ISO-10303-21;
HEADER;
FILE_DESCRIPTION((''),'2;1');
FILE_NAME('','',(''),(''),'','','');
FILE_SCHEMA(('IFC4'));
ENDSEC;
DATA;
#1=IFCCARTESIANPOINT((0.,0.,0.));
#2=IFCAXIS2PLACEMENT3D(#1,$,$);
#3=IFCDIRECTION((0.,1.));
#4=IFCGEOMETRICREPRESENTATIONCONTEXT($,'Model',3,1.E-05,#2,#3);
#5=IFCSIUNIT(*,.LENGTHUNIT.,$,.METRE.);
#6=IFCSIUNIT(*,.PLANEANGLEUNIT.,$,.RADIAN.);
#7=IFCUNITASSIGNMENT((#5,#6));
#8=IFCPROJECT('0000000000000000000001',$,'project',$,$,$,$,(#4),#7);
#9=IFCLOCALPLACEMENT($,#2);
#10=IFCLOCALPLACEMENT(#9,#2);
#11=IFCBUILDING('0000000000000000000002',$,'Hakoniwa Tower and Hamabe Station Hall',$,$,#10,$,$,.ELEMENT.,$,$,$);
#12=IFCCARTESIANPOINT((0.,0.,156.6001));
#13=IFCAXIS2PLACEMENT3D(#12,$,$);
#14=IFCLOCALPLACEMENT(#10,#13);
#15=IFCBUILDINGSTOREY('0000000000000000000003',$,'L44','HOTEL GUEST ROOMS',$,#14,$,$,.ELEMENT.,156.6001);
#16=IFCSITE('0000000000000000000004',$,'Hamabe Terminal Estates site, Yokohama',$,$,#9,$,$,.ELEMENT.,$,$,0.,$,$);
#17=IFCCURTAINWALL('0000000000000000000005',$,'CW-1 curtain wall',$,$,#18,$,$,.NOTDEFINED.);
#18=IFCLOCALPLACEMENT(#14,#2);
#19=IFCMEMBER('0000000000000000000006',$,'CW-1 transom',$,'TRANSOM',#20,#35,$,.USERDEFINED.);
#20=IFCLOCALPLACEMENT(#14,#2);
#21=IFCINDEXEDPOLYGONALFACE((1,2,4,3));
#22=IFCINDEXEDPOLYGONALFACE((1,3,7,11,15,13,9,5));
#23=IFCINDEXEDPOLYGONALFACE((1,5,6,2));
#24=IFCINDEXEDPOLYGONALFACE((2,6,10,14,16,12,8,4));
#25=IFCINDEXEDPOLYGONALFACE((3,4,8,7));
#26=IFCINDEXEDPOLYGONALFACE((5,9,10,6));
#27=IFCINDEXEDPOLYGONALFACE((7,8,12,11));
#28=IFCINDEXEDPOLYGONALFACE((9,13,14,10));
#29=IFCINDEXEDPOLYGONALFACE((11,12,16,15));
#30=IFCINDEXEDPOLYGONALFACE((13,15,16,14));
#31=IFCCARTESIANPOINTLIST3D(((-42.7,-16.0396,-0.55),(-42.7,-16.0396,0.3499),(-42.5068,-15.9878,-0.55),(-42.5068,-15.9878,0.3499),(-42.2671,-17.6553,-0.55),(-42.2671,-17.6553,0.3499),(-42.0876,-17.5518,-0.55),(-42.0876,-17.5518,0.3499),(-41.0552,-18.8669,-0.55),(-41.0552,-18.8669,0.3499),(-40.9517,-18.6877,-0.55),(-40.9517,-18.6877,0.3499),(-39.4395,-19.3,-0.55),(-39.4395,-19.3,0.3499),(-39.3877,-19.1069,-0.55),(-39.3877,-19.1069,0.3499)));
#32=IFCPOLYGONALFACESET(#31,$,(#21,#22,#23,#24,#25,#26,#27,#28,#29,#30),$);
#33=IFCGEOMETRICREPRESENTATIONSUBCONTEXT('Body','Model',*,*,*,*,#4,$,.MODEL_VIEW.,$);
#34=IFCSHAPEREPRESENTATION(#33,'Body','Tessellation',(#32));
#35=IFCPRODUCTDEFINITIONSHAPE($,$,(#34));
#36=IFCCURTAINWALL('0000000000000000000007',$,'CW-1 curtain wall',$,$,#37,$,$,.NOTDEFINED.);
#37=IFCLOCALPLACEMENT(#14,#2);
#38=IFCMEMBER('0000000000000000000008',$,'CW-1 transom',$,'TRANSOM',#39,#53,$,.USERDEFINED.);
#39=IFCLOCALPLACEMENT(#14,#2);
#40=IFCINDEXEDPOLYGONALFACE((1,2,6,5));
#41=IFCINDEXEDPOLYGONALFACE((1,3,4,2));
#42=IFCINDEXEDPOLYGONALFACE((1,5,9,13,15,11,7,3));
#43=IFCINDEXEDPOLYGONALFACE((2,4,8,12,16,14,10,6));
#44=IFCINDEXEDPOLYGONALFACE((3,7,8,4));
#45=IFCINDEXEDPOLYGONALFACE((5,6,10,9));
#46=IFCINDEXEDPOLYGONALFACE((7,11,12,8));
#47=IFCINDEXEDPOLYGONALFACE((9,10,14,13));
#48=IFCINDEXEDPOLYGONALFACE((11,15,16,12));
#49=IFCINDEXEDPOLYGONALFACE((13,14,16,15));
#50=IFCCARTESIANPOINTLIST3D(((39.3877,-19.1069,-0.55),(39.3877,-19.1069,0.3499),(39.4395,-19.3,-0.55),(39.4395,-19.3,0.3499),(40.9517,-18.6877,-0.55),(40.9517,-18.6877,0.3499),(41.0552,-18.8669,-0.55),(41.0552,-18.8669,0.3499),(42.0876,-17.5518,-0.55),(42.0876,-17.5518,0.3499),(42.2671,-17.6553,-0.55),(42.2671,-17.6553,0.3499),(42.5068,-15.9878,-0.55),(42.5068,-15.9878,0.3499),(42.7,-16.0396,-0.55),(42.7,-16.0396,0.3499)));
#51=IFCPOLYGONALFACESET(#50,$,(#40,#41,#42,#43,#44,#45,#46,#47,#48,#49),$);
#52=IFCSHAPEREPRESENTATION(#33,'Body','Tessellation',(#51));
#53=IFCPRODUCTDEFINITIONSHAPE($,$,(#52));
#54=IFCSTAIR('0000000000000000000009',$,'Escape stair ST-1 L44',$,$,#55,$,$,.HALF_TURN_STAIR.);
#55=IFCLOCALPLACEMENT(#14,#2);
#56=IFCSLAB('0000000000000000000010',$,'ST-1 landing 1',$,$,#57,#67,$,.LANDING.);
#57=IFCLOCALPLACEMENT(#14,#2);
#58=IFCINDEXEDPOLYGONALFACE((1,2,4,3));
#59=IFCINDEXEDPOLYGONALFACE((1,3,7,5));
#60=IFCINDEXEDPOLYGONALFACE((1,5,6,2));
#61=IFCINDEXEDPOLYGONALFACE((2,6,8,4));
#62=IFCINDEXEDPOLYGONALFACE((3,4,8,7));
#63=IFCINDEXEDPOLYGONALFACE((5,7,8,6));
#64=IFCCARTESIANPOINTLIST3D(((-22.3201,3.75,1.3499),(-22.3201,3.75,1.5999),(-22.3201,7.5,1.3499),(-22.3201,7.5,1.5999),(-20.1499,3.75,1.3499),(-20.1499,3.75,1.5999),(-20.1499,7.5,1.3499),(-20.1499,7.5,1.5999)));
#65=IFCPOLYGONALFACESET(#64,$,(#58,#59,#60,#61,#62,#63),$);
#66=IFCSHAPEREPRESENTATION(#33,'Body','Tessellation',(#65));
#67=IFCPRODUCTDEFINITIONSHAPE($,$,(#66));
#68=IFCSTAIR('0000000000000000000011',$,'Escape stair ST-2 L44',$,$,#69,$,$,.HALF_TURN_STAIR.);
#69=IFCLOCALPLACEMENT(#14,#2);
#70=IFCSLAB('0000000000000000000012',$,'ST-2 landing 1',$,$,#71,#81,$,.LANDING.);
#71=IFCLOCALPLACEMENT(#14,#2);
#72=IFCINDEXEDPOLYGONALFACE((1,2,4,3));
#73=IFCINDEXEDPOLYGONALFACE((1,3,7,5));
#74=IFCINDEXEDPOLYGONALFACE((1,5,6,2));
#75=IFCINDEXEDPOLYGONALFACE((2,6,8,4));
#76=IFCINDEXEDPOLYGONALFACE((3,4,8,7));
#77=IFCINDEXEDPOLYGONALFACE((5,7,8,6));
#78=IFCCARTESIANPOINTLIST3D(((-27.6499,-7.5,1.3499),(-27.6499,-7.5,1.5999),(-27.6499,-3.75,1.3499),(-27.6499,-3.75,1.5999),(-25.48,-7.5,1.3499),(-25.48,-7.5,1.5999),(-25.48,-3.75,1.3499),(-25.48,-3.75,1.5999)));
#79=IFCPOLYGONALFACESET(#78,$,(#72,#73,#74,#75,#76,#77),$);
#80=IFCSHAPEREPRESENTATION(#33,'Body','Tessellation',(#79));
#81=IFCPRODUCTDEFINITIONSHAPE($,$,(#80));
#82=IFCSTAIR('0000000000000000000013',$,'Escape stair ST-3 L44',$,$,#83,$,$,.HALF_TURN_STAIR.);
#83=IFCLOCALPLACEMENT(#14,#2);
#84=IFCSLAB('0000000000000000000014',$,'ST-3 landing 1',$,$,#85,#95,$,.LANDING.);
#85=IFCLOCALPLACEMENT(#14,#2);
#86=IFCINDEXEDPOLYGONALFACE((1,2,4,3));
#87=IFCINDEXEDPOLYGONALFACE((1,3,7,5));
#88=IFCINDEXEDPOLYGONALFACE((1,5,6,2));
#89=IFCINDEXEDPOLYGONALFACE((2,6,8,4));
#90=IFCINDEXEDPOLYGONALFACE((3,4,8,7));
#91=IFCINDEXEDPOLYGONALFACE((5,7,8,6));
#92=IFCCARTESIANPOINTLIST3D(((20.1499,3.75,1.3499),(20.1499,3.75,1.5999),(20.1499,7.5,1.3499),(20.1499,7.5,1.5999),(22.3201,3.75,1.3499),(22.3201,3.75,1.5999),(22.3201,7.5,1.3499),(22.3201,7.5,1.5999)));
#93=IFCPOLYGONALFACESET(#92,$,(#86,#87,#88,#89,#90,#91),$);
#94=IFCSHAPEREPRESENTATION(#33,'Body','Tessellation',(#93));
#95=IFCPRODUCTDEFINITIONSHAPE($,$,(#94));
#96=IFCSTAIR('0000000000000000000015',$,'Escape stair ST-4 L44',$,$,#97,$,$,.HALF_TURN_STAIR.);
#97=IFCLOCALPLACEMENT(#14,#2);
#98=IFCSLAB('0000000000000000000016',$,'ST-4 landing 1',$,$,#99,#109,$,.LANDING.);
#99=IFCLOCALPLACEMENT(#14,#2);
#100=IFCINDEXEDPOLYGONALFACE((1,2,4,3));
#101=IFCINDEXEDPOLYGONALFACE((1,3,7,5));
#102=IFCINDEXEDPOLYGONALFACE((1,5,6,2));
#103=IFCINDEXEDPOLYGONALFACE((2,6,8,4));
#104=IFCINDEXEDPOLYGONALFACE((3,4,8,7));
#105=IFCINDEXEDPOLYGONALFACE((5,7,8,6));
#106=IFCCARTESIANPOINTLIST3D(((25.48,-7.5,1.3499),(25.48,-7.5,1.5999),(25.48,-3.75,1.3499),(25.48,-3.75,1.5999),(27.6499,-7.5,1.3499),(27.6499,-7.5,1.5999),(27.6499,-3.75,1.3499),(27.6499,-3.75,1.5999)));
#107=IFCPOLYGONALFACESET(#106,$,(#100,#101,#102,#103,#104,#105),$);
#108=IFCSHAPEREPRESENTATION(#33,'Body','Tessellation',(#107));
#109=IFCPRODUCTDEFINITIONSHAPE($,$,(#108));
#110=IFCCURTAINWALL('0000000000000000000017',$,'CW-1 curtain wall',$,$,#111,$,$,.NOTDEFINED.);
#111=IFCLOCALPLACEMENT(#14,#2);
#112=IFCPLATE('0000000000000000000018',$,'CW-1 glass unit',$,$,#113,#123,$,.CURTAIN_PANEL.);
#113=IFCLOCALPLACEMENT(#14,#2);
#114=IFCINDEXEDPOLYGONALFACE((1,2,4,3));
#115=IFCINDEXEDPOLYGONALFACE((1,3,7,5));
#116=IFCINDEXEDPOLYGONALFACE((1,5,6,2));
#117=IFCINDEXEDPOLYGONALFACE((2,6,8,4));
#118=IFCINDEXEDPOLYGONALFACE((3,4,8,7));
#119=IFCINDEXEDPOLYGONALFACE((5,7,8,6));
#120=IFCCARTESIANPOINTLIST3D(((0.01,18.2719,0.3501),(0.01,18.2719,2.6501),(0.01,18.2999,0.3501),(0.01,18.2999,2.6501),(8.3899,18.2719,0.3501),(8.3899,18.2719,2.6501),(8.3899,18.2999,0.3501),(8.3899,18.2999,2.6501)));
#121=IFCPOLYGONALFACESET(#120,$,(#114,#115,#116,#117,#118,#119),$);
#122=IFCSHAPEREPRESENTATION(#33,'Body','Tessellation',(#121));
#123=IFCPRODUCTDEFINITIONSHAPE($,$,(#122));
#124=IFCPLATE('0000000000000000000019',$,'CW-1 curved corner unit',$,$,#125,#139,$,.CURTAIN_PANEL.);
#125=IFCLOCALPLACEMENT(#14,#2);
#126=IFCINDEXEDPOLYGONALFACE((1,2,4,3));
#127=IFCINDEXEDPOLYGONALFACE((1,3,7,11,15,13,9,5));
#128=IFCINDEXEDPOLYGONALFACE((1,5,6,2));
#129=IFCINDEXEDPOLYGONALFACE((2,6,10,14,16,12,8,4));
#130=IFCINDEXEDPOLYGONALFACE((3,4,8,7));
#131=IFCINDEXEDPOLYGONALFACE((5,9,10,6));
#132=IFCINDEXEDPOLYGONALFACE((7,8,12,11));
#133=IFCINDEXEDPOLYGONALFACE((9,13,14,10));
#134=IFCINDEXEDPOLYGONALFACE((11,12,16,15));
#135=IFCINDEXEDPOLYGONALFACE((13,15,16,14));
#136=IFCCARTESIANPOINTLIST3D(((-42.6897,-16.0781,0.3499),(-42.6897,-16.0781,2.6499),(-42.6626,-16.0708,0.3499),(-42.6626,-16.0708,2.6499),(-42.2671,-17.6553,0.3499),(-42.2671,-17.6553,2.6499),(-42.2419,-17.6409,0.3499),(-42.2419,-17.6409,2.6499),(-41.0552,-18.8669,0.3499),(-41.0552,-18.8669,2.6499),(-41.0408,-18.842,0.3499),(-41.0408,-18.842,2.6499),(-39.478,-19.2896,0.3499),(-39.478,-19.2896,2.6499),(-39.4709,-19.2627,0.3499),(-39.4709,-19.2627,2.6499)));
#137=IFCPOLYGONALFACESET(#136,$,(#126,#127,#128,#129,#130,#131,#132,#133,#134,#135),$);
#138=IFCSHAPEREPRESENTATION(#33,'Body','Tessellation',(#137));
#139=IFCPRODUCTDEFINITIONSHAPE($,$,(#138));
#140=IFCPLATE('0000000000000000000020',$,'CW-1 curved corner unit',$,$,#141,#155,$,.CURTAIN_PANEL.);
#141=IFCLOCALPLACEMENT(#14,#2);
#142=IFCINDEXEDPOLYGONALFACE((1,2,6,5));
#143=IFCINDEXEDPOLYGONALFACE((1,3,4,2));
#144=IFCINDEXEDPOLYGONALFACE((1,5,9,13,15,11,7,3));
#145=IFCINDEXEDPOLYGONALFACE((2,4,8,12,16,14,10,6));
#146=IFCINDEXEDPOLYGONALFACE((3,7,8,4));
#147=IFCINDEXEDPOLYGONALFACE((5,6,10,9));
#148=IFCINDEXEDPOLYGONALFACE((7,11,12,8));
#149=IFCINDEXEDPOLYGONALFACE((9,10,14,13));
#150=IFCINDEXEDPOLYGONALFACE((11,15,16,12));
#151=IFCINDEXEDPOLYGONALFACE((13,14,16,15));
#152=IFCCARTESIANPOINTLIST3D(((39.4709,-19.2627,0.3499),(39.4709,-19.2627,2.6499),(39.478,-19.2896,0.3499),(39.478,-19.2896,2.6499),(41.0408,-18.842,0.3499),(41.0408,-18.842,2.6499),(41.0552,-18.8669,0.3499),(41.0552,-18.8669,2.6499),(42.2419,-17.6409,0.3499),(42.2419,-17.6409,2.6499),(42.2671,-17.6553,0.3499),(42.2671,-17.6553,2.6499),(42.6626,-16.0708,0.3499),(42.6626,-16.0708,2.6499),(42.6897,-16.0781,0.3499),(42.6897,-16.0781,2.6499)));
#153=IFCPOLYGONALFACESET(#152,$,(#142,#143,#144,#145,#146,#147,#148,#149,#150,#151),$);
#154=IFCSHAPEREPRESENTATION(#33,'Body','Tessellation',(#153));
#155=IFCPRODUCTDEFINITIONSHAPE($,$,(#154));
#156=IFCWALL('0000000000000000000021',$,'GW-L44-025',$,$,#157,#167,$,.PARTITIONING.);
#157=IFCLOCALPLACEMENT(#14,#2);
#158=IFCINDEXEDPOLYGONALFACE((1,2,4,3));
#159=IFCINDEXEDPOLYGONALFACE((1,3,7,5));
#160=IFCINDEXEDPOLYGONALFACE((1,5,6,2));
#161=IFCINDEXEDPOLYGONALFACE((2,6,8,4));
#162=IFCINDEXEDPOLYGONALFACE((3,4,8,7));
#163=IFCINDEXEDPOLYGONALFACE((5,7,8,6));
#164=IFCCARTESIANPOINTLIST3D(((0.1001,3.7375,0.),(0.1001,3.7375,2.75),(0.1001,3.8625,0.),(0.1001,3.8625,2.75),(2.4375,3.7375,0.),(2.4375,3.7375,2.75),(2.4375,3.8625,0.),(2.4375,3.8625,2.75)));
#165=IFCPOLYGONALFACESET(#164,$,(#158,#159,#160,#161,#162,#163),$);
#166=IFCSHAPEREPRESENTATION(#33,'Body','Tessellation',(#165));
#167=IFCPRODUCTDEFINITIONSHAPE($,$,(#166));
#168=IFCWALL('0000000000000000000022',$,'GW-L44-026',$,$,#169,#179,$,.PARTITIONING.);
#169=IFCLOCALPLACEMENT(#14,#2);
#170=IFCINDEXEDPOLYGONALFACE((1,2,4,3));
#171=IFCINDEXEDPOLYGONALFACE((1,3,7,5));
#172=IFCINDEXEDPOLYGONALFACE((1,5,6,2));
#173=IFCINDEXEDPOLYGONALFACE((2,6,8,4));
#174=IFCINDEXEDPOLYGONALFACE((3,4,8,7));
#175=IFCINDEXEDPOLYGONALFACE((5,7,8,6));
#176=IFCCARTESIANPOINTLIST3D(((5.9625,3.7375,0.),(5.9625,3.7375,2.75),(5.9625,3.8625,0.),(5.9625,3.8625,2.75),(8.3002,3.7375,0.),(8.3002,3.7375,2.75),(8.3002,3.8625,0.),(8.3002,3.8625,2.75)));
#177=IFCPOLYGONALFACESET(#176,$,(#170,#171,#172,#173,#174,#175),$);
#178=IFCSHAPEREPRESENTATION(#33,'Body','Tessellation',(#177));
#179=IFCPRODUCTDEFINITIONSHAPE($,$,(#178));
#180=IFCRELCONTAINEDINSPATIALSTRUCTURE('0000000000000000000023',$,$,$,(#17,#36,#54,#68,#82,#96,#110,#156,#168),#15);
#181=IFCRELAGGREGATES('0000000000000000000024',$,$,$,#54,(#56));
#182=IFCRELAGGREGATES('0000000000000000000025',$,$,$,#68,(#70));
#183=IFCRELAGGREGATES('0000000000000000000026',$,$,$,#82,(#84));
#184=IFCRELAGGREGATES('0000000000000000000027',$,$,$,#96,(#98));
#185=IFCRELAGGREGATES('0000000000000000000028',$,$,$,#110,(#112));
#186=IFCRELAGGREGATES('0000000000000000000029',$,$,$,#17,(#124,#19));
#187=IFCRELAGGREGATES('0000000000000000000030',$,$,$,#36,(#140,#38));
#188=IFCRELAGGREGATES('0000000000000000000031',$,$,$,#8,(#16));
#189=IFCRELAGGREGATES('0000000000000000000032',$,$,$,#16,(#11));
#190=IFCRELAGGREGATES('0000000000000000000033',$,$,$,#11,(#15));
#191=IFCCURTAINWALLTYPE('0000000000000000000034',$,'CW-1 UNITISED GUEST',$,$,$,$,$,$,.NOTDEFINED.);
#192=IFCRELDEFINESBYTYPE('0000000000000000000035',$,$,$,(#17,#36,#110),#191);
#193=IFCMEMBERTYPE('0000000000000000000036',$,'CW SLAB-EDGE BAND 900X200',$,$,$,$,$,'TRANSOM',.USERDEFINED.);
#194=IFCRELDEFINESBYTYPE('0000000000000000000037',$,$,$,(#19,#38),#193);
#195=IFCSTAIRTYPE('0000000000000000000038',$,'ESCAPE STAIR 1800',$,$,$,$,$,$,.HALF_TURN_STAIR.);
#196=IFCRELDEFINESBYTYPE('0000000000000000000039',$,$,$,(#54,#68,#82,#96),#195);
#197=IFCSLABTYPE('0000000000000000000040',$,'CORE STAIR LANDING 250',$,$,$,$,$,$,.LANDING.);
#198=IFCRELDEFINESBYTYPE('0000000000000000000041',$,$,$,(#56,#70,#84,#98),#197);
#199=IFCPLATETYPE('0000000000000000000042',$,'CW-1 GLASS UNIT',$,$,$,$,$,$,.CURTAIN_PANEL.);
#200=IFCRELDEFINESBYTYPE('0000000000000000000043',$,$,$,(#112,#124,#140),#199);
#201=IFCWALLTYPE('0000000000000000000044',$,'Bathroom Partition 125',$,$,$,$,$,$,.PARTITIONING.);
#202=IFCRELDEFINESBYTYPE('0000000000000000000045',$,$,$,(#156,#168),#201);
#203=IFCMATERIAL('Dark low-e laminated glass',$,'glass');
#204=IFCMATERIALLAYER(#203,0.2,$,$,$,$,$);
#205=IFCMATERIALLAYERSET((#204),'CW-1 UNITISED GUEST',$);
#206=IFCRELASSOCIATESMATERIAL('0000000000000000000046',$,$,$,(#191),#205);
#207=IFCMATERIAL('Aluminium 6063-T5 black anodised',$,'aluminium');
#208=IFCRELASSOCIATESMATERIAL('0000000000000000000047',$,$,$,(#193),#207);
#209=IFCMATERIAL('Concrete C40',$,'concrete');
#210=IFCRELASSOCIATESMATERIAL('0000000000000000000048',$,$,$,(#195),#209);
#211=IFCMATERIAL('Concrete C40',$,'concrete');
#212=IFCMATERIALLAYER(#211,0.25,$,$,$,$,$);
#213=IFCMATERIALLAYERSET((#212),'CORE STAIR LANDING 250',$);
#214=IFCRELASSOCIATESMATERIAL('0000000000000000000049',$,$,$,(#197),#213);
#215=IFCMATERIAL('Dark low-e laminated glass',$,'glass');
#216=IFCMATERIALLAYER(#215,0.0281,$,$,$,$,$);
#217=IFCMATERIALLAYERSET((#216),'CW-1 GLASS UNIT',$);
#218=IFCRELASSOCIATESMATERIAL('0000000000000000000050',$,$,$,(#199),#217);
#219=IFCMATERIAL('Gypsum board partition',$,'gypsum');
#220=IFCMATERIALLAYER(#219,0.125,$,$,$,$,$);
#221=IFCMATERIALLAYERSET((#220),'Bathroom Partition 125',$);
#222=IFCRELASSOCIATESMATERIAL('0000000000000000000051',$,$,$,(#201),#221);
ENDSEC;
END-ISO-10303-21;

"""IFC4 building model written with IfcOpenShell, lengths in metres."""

from ifc_helpers import new_model, si_unit, direction, frame, frame_2d, origin, origin_2d, place, context, subcontext, project, spatial, polyline, rectangle, outline, extrude, material, layer, layer_set, material_profile, profile_set, type_object, element, aggregate, save


model = new_model("IFC4")

# Units and contexts
model_context = context("Model", 3, precision=1e-05, world=origin(), true_north=direction((0.0, 1.0)))
body_context = subcontext(model_context, "Body", "Model", "MODEL_VIEW")
ifc_project = project(units=[si_unit("LENGTHUNIT", "METRE"), si_unit("PLANEANGLEUNIT", "RADIAN")], contexts=[model_context])

# Site, building, storey
site_placement = place(None, origin())
site = spatial("IfcSite", under=ifc_project, at=site_placement, Name="Hamabe Terminal Estates site, Yokohama", CompositionType="ELEMENT", RefElevation=0.0)
building_placement = place(site_placement, origin())
building = spatial("IfcBuilding", under=site, at=building_placement, Name="Hakoniwa Tower and Hamabe Station Hall", CompositionType="ELEMENT")
storey_placement = place(building_placement, frame((0.0, 0.0, 156.6001)))
storey = spatial("IfcBuildingStorey", under=building, at=storey_placement, Name="L44", Description="HOTEL GUEST ROOMS", CompositionType="ELEMENT", Elevation=156.6001)

# Curtain walls, members
ifc_material_1 = material(Name="Dark low-e laminated glass", Category="glass")
ifc_layer_1 = layer(ifc_material_1, 0.2)
ifc_layer_set_1 = layer_set([ifc_layer_1], Name="CW-1 UNITISED GUEST")
curtain_wall_type = type_object("IfcCurtainWallType", Name="CW-1 UNITISED GUEST", PredefinedType="NOTDEFINED", material=ifc_layer_set_1)
curtain_wall_1_placement = place(storey_placement, origin())
curtain_wall_1 = element("IfcCurtainWall", 1, at=curtain_wall_1_placement, inside=storey, type_object=curtain_wall_type, Name="CW-1 curtain wall", PredefinedType="NOTDEFINED")
ifc_material_2 = material(Name="Aluminium 6063-T5 black anodised", Category="aluminium")
ifc_material_profile = material_profile(ifc_material_2, rectangle(XDim=0.2, YDim=0.8999, at=origin_2d()), Name="CW SLAB-EDGE BAND 900X200")
ifc_profile_set = profile_set([ifc_material_profile], Name="Aluminium 6063-T5 black anodised")
member_type = type_object("IfcMemberType", Name="CW SLAB-EDGE BAND 900X200", ElementType="TRANSOM", PredefinedType="USERDEFINED", material=ifc_profile_set)
member_1_placement = place(storey_placement, frame((0.0, 0.0, -0.55)))
member_1 = element("IfcMember", 2, at=member_1_placement, type_object=member_type, Name="CW-1 transom", ObjectType="TRANSOM", PredefinedType="USERDEFINED", context=body_context, shape_type="SweptSolid", body=[
    extrude(outline(polyline([(-42.7, -16.0396), (-42.2671, -17.6553), (-41.0552, -18.8669), (-39.4395, -19.3), (-39.3877, -19.1069), (-40.9517, -18.6877), (-42.0876, -17.5518), (-42.5068, -15.9878), (-42.7, -16.0396)])), origin(), (0.0, 0.0, 1.0), 0.8999),
])
curtain_wall_2_placement = place(storey_placement, origin())
curtain_wall_2 = element("IfcCurtainWall", 3, at=curtain_wall_2_placement, inside=storey, type_object=curtain_wall_type, Name="CW-1 curtain wall", PredefinedType="NOTDEFINED")
member_2_placement = place(storey_placement, frame((0.0, 0.0, -0.55)))
member_2 = element("IfcMember", 4, at=member_2_placement, type_object=member_type, Name="CW-1 transom", ObjectType="TRANSOM", PredefinedType="USERDEFINED", context=body_context, shape_type="SweptSolid", body=[
    extrude(outline(polyline([(39.4395, -19.3), (41.0552, -18.8669), (42.2671, -17.6553), (42.7, -16.0396), (42.5068, -15.9878), (42.0876, -17.5518), (40.9517, -18.6877), (39.3877, -19.1069), (39.4395, -19.3)])), origin(), (0.0, 0.0, 1.0), 0.8999),
])

# Stairs, slabs
ifc_material_3 = material(Name="Concrete C40", Category="concrete")
stair_type = type_object("IfcStairType", Name="ESCAPE STAIR 1800", PredefinedType="HALF_TURN_STAIR", material=ifc_material_3)
stair_1_placement = place(storey_placement, origin())
stair_1 = element("IfcStair", 5, at=stair_1_placement, inside=storey, type_object=stair_type, Name="Escape stair ST-1 L44", PredefinedType="HALF_TURN_STAIR")
ifc_material_4 = material(Name="Concrete C40", Category="concrete")
ifc_layer_2 = layer(ifc_material_4, 0.25)
ifc_layer_set_2 = layer_set([ifc_layer_2], Name="CORE STAIR LANDING 250")
slab_type = type_object("IfcSlabType", Name="CORE STAIR LANDING 250", PredefinedType="LANDING", material=ifc_layer_set_2)
slab_1_placement = place(storey_placement, frame((0.0, 0.0, 1.3499)))
slab_1 = element("IfcSlab", 6, at=slab_1_placement, type_object=slab_type, Name="ST-1 landing 1", PredefinedType="LANDING", context=body_context, shape_type="SweptSolid", body=[
    extrude(outline(polyline([(-22.3201, 3.75), (-20.1499, 3.75), (-20.1499, 7.5), (-22.3201, 7.5), (-22.3201, 3.75)])), origin(), (0.0, 0.0, 1.0), 0.25),
])
aggregate(stair_1, [slab_1])
stair_2_placement = place(storey_placement, origin())
stair_2 = element("IfcStair", 7, at=stair_2_placement, inside=storey, type_object=stair_type, Name="Escape stair ST-2 L44", PredefinedType="HALF_TURN_STAIR")
slab_2_placement = place(storey_placement, frame((0.0, 0.0, 1.3499)))
slab_2 = element("IfcSlab", 8, at=slab_2_placement, type_object=slab_type, Name="ST-2 landing 1", PredefinedType="LANDING", context=body_context, shape_type="SweptSolid", body=[
    extrude(outline(polyline([(-25.48, -7.5), (-27.6499, -7.5), (-27.6499, -3.75), (-25.48, -3.75), (-25.48, -7.5)])), origin(), (0.0, 0.0, 1.0), 0.25),
])
aggregate(stair_2, [slab_2])
stair_3_placement = place(storey_placement, origin())
stair_3 = element("IfcStair", 9, at=stair_3_placement, inside=storey, type_object=stair_type, Name="Escape stair ST-3 L44", PredefinedType="HALF_TURN_STAIR")
slab_3_placement = place(storey_placement, frame((0.0, 0.0, 1.3499)))
slab_3 = element("IfcSlab", 10, at=slab_3_placement, type_object=slab_type, Name="ST-3 landing 1", PredefinedType="LANDING", context=body_context, shape_type="SweptSolid", body=[
    extrude(outline(polyline([(22.3201, 3.75), (20.1499, 3.75), (20.1499, 7.5), (22.3201, 7.5), (22.3201, 3.75)])), origin(), (0.0, 0.0, 1.0), 0.25),
])
aggregate(stair_3, [slab_3])
stair_4_placement = place(storey_placement, origin())
stair_4 = element("IfcStair", 11, at=stair_4_placement, inside=storey, type_object=stair_type, Name="Escape stair ST-4 L44", PredefinedType="HALF_TURN_STAIR")
slab_4_placement = place(storey_placement, frame((0.0, 0.0, 1.3499)))
slab_4 = element("IfcSlab", 12, at=slab_4_placement, type_object=slab_type, Name="ST-4 landing 1", PredefinedType="LANDING", context=body_context, shape_type="SweptSolid", body=[
    extrude(outline(polyline([(25.48, -7.5), (27.6499, -7.5), (27.6499, -3.75), (25.48, -3.75), (25.48, -7.5)])), origin(), (0.0, 0.0, 1.0), 0.25),
])
aggregate(stair_4, [slab_4])

# Curtain wall, plate
curtain_wall_3_placement = place(storey_placement, origin())
curtain_wall_3 = element("IfcCurtainWall", 13, at=curtain_wall_3_placement, inside=storey, type_object=curtain_wall_type, Name="CW-1 curtain wall", PredefinedType="NOTDEFINED")
ifc_material_5 = material(Name="Dark low-e laminated glass", Category="glass")
ifc_layer_3 = layer(ifc_material_5, 0.0281)
ifc_layer_set_3 = layer_set([ifc_layer_3], Name="CW-1 GLASS UNIT")
plate_type = type_object("IfcPlateType", Name="CW-1 GLASS UNIT", PredefinedType="CURTAIN_PANEL", material=ifc_layer_set_3)
plate_1_placement = place(storey_placement, frame((4.2, 18.2859, 0.3501), z_axis=(0.0, 0.0, 1.0), x_axis=(-1.0, 0.0, 0.0)))
plate_1 = element("IfcPlate", 14, at=plate_1_placement, type_object=plate_type, Name="CW-1 glass unit", PredefinedType="CURTAIN_PANEL", context=body_context, shape_type="SweptSolid", body=[
    extrude(rectangle(XDim=8.3799, YDim=0.0281, at=origin_2d()), origin(), (0.0, 0.0, 1.0), 2.3),
])
aggregate(curtain_wall_3, [plate_1])

# Plates
plate_2_placement = place(storey_placement, frame((0.0, 0.0, 0.3499)))
plate_2 = element("IfcPlate", 15, at=plate_2_placement, type_object=plate_type, Name="CW-1 curved corner unit", PredefinedType="CURTAIN_PANEL", context=body_context, shape_type="SweptSolid", body=[
    extrude(outline(polyline([(-42.6897, -16.0781), (-42.2671, -17.6553), (-41.0552, -18.8669), (-39.478, -19.2896), (-39.4709, -19.2627), (-41.0408, -18.842), (-42.2419, -17.6409), (-42.6626, -16.0708), (-42.6897, -16.0781)])), origin(), (0.0, 0.0, 1.0), 2.3),
])
aggregate(curtain_wall_1, [plate_2, member_1])
plate_3_placement = place(storey_placement, frame((0.0, 0.0, 0.3499)))
plate_3 = element("IfcPlate", 16, at=plate_3_placement, type_object=plate_type, Name="CW-1 curved corner unit", PredefinedType="CURTAIN_PANEL", context=body_context, shape_type="SweptSolid", body=[
    extrude(outline(polyline([(39.478, -19.2896), (41.0552, -18.8669), (42.2671, -17.6553), (42.6897, -16.0781), (42.6626, -16.0708), (42.2419, -17.6409), (41.0408, -18.842), (39.4709, -19.2627), (39.478, -19.2896)])), origin(), (0.0, 0.0, 1.0), 2.3),
])
aggregate(curtain_wall_2, [plate_3, member_2])

# Walls
ifc_material_6 = material(Name="Gypsum board partition", Category="gypsum")
ifc_layer_4 = layer(ifc_material_6, 0.125)
ifc_layer_set_4 = layer_set([ifc_layer_4], Name="Bathroom Partition 125")
wall_type_1 = type_object("IfcWallType", Name="Bathroom Partition 125", PredefinedType="PARTITIONING", material=ifc_layer_set_4)
wall_1_placement = place(storey_placement, frame((0.1001, 3.8, 0.0), z_axis=(0.0, 0.0, 1.0), x_axis=(1.0, 0.0, 0.0)))
element("IfcWall", 17, at=wall_1_placement, inside=storey, type_object=wall_type_1, Name="GW-L44-025", PredefinedType="PARTITIONING", context=body_context, shape_type="SweptSolid", body=[
    extrude(rectangle(XDim=2.3374, YDim=0.125, at=frame_2d((1.1687, 0.0))), origin(), (0.0, 0.0, 1.0), 2.75),
])
wall_2_placement = place(storey_placement, frame((5.9624, 3.8, 0.0), z_axis=(0.0, 0.0, 1.0), x_axis=(1.0, 0.0, 0.0)))
element("IfcWall", 18, at=wall_2_placement, inside=storey, type_object=wall_type_1, Name="GW-L44-026", PredefinedType="PARTITIONING", context=body_context, shape_type="SweptSolid", body=[
    extrude(rectangle(XDim=2.3376, YDim=0.125, at=frame_2d((1.1689, 0.0))), origin(), (0.0, 0.0, 1.0), 2.75),
])

save(model, "model.ifc")
